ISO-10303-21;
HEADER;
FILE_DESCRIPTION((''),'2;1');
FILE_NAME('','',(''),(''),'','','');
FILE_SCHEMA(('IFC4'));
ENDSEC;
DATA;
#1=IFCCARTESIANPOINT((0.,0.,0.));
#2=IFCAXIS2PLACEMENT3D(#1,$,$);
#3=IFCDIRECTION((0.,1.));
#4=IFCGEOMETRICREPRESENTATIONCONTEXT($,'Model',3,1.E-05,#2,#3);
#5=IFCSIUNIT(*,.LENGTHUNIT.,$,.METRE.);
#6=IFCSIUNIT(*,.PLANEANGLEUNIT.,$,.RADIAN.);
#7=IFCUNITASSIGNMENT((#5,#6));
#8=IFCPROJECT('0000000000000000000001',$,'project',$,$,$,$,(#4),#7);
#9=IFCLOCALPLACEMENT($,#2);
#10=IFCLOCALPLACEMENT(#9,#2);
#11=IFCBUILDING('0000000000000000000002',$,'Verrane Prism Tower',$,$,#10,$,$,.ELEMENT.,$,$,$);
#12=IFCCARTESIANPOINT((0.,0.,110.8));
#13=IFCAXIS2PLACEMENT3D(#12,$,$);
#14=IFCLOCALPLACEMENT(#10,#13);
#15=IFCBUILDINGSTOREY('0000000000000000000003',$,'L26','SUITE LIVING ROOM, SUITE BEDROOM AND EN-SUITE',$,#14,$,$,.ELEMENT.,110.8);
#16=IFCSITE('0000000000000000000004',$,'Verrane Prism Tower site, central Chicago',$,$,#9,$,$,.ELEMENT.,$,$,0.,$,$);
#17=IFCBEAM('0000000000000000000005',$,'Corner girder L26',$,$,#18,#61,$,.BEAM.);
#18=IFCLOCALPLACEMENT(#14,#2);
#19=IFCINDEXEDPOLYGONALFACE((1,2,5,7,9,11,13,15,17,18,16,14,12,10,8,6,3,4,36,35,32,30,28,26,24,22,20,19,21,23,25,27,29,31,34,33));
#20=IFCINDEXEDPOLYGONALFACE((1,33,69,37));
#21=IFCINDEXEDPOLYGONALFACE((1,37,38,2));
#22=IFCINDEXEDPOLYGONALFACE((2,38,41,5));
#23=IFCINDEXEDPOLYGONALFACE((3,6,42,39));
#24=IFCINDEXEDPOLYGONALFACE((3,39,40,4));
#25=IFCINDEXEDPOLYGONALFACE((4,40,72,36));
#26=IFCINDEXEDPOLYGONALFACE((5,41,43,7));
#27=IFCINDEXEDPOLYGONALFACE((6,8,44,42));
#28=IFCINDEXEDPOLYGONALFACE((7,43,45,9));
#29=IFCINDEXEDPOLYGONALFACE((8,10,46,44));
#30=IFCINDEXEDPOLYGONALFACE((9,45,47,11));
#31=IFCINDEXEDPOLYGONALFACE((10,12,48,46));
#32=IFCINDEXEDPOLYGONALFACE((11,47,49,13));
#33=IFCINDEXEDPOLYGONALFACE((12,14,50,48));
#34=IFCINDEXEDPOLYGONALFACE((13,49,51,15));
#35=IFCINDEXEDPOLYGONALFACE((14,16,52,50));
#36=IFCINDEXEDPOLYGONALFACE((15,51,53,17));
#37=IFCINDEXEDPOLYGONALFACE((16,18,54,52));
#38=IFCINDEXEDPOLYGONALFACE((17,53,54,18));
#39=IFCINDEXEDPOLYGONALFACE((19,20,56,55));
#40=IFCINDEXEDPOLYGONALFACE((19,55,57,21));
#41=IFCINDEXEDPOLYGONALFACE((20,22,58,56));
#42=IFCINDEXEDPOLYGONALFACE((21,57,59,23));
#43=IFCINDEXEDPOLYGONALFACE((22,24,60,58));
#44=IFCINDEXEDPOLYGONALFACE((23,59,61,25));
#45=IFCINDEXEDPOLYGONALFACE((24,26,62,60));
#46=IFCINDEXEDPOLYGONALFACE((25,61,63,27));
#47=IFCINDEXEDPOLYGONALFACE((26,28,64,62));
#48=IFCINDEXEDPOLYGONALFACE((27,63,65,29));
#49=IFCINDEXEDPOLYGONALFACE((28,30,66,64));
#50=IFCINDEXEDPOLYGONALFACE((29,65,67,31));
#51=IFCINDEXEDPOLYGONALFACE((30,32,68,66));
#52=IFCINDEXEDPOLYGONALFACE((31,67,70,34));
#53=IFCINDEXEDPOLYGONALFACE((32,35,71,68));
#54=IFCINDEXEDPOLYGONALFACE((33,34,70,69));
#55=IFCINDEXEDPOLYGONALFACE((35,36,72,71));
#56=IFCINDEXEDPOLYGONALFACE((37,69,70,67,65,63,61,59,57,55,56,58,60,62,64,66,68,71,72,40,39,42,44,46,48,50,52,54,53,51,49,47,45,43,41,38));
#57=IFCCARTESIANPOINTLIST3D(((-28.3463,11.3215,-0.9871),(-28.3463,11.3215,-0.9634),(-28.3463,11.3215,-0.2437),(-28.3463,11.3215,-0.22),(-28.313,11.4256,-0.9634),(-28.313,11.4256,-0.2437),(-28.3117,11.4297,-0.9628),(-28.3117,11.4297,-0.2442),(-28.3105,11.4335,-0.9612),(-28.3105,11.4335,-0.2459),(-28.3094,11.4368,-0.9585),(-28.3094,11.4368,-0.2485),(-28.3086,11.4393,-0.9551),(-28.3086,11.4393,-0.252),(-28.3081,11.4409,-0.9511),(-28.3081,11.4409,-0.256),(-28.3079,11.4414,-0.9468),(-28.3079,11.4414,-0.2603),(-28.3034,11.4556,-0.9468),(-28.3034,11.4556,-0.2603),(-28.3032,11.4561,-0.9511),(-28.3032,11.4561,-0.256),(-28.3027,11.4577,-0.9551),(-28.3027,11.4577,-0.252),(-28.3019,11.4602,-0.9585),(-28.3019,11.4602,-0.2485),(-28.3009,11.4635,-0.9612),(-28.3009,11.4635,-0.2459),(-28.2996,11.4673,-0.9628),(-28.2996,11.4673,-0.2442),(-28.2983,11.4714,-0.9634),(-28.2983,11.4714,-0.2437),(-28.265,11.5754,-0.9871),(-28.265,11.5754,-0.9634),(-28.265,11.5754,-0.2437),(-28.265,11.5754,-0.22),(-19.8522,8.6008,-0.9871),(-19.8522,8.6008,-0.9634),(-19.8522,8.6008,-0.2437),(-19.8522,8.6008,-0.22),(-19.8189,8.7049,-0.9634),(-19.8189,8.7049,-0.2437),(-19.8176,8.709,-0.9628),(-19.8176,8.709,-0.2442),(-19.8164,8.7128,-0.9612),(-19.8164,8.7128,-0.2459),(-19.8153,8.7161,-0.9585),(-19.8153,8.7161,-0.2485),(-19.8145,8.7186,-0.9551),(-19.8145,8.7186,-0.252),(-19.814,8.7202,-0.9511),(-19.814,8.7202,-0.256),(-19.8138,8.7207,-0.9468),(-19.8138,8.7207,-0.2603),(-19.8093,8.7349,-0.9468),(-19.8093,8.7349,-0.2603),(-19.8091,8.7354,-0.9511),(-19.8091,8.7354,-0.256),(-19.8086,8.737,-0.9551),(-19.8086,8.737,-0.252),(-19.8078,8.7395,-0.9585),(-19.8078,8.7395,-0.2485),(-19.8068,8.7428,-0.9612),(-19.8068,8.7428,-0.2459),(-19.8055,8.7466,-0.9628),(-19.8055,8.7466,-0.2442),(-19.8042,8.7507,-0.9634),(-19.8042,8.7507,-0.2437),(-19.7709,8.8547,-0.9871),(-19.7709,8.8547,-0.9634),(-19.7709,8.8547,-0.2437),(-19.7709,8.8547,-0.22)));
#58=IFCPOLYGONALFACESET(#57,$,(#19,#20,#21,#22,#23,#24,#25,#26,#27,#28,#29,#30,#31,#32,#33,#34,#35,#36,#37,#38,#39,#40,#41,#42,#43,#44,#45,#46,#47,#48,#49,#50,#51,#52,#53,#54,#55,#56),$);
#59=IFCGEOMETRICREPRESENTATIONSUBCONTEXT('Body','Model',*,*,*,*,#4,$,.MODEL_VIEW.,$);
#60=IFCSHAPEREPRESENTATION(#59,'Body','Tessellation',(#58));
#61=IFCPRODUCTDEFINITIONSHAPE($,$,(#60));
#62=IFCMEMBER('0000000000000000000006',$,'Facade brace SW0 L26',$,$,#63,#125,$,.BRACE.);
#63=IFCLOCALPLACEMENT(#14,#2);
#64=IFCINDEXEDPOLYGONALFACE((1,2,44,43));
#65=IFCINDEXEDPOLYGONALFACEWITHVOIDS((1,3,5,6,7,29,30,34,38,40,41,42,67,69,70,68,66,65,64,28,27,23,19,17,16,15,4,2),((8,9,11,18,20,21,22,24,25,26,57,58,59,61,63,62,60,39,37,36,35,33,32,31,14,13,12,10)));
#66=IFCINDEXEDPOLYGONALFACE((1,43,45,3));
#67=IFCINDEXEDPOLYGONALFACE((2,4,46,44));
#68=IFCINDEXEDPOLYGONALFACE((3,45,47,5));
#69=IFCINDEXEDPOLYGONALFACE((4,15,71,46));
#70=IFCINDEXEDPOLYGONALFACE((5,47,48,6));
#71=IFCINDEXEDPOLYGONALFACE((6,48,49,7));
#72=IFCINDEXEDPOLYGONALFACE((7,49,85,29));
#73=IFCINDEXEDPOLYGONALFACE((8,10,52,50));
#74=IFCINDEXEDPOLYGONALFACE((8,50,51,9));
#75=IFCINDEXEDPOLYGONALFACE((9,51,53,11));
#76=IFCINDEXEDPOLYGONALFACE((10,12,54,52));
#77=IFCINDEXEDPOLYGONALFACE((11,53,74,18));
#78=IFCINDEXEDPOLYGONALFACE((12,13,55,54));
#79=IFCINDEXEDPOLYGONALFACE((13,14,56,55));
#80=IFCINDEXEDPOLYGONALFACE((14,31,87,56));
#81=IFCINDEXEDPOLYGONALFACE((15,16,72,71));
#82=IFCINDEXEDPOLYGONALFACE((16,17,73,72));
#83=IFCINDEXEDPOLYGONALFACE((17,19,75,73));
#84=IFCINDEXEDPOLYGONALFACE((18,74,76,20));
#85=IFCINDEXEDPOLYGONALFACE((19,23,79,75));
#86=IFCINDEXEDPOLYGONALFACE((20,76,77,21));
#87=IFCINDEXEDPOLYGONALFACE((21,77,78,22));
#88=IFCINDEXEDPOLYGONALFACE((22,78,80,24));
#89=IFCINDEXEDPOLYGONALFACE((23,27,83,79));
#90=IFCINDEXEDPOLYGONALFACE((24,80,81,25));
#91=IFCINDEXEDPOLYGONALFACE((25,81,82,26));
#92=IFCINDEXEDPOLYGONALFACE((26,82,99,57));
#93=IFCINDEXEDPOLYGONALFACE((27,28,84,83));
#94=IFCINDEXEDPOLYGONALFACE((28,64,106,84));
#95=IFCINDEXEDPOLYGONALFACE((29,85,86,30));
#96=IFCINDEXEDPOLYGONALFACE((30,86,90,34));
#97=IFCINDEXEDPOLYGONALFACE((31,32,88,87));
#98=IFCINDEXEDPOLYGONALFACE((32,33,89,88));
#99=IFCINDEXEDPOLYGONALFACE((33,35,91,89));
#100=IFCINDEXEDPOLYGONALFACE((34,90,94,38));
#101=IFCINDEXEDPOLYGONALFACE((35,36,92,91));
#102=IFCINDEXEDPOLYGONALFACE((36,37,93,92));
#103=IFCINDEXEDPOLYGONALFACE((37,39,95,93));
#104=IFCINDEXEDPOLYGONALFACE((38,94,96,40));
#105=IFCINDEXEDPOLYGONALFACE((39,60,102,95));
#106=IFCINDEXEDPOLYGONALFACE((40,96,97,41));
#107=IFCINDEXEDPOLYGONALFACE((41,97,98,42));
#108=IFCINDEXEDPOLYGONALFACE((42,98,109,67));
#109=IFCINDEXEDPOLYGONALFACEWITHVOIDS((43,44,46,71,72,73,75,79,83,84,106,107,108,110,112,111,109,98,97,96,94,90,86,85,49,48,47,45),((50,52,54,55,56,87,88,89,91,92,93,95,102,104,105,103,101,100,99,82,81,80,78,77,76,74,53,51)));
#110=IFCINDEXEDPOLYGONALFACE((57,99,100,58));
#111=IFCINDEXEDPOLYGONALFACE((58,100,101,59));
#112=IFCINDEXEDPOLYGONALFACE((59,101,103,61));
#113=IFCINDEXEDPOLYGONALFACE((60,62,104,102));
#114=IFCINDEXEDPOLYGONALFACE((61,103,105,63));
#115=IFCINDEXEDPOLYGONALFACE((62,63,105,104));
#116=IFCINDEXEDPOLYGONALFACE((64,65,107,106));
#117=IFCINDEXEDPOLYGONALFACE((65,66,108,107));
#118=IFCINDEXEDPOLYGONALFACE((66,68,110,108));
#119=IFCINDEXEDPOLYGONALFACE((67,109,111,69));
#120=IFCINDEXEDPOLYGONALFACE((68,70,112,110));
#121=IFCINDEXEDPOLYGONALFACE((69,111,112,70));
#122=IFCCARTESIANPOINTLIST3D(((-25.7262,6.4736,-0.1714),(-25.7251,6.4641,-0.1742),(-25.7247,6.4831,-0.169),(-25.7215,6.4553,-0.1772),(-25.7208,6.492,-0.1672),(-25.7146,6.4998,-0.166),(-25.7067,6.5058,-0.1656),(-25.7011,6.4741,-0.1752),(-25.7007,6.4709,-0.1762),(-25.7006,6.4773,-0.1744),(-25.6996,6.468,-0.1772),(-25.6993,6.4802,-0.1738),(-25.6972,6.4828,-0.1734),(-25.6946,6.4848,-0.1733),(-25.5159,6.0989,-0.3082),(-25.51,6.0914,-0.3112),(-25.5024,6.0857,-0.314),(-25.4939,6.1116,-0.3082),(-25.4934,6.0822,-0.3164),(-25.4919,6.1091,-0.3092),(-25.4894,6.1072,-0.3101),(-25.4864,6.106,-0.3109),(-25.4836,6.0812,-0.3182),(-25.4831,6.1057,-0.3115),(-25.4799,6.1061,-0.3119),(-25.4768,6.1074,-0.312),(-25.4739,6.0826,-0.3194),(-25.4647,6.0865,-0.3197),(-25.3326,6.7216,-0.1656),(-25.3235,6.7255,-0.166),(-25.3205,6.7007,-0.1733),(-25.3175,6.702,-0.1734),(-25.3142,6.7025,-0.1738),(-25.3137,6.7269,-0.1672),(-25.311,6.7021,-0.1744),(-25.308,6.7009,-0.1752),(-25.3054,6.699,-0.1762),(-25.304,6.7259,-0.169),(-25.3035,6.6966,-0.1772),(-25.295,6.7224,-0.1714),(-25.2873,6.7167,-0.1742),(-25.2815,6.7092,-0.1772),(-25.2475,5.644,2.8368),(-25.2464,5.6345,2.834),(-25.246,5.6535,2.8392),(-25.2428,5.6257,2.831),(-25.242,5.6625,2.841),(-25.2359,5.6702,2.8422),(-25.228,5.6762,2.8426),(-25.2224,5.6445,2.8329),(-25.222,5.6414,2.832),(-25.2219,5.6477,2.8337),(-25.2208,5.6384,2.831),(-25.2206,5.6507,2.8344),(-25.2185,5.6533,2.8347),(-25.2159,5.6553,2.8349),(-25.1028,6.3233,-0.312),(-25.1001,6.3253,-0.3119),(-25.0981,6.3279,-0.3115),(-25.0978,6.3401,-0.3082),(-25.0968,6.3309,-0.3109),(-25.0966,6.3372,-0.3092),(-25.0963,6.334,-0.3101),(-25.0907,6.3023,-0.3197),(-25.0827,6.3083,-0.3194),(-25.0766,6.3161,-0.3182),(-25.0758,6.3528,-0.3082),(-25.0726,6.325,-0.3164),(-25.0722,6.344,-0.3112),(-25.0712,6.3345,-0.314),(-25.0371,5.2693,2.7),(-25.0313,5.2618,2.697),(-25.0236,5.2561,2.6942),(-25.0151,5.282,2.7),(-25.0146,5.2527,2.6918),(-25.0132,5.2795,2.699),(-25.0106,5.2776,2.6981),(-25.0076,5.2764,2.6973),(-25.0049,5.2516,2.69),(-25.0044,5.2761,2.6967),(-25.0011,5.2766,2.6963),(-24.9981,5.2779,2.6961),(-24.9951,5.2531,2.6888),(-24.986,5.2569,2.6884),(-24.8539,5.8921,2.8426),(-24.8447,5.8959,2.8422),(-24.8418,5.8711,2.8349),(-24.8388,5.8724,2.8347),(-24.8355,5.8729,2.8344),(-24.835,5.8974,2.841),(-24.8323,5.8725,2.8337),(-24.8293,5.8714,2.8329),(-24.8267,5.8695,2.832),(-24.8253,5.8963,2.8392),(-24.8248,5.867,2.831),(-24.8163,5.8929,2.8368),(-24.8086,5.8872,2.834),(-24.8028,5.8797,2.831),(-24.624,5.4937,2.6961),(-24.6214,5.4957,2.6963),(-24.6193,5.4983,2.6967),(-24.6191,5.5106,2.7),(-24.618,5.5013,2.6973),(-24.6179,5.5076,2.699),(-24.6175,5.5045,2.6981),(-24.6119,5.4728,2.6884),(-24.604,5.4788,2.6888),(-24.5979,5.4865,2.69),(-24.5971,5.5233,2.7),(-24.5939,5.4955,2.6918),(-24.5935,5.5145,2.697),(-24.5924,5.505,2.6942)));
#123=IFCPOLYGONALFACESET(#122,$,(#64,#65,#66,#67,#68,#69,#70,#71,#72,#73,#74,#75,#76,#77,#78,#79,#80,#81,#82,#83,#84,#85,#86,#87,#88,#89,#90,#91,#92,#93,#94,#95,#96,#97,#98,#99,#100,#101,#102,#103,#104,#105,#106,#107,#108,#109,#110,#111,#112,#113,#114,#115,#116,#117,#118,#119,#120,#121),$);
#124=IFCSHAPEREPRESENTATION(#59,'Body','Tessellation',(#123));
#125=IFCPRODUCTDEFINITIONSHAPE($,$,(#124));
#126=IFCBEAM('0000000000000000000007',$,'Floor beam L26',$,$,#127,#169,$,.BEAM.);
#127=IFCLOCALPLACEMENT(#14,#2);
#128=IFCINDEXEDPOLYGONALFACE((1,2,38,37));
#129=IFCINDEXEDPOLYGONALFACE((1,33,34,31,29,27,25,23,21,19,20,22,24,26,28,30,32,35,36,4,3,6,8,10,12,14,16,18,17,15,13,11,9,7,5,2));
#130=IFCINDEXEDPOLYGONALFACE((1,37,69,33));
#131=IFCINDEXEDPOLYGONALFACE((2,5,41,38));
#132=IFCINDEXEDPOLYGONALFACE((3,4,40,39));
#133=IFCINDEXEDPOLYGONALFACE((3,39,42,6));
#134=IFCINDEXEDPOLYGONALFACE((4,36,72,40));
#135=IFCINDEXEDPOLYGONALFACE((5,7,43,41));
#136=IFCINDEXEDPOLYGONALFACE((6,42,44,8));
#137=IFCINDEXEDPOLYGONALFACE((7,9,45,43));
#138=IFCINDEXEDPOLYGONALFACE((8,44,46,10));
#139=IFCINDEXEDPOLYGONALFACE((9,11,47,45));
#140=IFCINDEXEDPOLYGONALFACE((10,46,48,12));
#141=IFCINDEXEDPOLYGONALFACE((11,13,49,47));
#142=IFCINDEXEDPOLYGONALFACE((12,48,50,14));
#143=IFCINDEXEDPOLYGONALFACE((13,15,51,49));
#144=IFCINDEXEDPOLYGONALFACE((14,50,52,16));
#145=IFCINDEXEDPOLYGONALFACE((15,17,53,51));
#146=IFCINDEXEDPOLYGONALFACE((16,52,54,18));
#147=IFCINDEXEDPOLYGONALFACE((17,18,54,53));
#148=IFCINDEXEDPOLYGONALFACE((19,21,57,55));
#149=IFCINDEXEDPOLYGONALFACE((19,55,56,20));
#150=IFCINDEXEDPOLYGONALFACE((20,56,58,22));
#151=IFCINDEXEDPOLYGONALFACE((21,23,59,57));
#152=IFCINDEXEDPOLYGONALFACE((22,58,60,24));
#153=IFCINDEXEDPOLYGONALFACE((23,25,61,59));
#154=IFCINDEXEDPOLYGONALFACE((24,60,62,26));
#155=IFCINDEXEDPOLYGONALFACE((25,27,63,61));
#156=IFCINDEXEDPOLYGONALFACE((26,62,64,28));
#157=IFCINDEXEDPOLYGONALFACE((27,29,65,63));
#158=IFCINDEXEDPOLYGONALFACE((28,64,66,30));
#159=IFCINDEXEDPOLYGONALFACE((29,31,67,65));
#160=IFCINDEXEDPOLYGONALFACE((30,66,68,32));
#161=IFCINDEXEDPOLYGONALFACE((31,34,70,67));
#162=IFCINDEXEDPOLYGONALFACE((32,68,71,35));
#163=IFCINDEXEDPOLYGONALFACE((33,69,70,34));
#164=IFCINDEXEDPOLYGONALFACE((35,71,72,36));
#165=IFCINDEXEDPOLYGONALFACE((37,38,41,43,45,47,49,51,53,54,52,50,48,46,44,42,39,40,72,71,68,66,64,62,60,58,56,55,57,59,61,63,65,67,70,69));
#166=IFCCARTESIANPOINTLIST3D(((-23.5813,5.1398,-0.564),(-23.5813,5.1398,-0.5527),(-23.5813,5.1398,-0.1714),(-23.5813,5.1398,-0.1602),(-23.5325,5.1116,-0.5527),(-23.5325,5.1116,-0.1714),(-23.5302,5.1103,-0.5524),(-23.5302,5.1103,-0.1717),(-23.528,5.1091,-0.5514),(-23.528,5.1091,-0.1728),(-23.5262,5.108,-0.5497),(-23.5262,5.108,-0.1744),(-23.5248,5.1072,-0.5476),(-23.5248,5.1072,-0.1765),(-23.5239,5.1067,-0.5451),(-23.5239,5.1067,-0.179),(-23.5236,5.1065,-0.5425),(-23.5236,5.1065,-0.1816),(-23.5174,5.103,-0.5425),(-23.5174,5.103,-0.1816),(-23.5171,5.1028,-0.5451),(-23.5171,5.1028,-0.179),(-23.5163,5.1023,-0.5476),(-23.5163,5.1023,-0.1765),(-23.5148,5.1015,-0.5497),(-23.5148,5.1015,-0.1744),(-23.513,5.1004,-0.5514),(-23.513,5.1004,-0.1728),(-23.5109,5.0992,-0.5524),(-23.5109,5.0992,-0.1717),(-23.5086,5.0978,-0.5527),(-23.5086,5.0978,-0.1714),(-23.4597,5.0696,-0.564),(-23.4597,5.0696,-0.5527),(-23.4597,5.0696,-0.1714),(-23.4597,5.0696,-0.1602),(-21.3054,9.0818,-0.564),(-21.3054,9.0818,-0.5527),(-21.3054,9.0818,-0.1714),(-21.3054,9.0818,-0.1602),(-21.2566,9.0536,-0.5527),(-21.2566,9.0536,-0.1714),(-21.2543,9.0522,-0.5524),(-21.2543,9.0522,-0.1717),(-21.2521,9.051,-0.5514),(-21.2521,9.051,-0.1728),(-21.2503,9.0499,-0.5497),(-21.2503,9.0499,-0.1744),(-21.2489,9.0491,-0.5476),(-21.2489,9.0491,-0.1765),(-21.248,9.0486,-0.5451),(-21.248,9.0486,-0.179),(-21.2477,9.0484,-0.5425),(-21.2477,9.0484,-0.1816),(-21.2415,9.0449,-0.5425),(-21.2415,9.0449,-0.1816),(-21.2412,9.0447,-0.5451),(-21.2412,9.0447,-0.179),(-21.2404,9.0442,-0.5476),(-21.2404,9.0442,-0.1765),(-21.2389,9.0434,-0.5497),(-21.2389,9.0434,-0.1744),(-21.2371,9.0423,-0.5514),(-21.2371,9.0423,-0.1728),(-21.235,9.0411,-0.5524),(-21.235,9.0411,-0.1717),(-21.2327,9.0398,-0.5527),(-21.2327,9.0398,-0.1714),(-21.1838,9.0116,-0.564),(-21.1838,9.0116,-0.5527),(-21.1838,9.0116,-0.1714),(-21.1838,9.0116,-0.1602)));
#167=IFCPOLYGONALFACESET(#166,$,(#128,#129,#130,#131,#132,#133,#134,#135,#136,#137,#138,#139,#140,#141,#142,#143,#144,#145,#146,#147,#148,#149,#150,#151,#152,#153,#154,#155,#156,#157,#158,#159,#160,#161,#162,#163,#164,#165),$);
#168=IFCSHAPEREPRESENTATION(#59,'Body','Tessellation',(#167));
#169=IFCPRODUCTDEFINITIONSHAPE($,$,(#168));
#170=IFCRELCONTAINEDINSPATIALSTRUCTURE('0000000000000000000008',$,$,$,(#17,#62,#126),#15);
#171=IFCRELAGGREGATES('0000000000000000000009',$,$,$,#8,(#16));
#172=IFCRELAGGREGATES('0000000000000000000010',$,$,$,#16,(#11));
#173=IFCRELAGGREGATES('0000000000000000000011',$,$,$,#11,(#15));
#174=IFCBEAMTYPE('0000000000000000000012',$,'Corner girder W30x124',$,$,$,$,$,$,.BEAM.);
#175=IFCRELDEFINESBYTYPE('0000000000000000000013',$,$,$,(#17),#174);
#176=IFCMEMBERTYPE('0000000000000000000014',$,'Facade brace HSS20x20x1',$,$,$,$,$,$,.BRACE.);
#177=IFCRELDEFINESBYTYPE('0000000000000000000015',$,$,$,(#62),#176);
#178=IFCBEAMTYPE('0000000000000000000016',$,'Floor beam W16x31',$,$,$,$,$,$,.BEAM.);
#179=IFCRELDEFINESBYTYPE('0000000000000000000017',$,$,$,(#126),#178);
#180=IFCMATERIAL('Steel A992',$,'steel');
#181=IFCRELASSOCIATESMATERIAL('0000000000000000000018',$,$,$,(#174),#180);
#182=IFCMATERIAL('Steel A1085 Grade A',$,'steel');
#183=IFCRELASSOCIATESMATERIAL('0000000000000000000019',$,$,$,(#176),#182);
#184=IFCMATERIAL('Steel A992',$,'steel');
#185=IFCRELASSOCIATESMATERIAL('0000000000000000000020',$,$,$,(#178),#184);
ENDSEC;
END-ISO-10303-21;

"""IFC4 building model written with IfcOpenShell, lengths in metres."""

from ifc_helpers import new_model, si_unit, direction, frame, origin, origin_2d, place, context, subcontext, project, spatial, hollow_rectangle, i_section, extrude, material, material_profile, profile_set, type_object, element, save


model = new_model("IFC4")

# Units and contexts
model_context = context("Model", 3, precision=1e-05, world=origin(), true_north=direction((0.0, 1.0)))
body_context = subcontext(model_context, "Body", "Model", "MODEL_VIEW")
ifc_project = project(units=[si_unit("LENGTHUNIT", "METRE"), si_unit("PLANEANGLEUNIT", "RADIAN")], contexts=[model_context])

# Site, building, storey
site_placement = place(None, origin())
site = spatial("IfcSite", under=ifc_project, at=site_placement, Name="Verrane Prism Tower site, central Chicago", CompositionType="ELEMENT", RefElevation=0.0)
building_placement = place(site_placement, origin())
building = spatial("IfcBuilding", under=site, at=building_placement, Name="Verrane Prism Tower", CompositionType="ELEMENT")
storey_placement = place(building_placement, frame((0.0, 0.0, 110.8)))
storey = spatial("IfcBuildingStorey", under=building, at=storey_placement, Name="L26", Description="SUITE LIVING ROOM, SUITE BEDROOM AND EN-SUITE", CompositionType="ELEMENT", Elevation=110.8)

# Beam
ifc_material_1 = material(Name="Steel A992", Category="steel")
ifc_material_profile_1 = material_profile(ifc_material_1, i_section(OverallWidth=0.2666, OverallDepth=0.7671, WebThickness=0.0149, FlangeThickness=0.0237, FilletRadius=0.0166, at=origin_2d()), Name="W30x124")
ifc_profile_set_1 = profile_set([ifc_material_profile_1], Name="Steel A992")
beam_type_1 = type_object("IfcBeamType", Name="Corner girder W30x124", PredefinedType="BEAM", material=ifc_profile_set_1)
beam_1_placement = place(storey_placement, frame((-28.3057, 11.4485, -0.6035), z_axis=(0.95234, -0.305038, 0.0), x_axis=(0.305038, 0.95234, 0.0)))
element("IfcBeam", 1, at=beam_1_placement, inside=storey, type_object=beam_type_1, Name="Corner girder L26", PredefinedType="BEAM", context=body_context, shape_type="SweptSolid", body=[
    extrude(i_section(OverallWidth=0.2666, OverallDepth=0.7671, WebThickness=0.0149, FlangeThickness=0.0237, FilletRadius=0.0166, at=origin_2d()), origin(), (0.0, 0.0, 1.0), 8.9192),
])

# Member
ifc_material_2 = material(Name="Steel A1085 Grade A", Category="steel")
ifc_material_profile_2 = material_profile(ifc_material_2, hollow_rectangle(XDim=0.5081, YDim=0.5081, WallThickness=0.0254, InnerFilletRadius=0.0127, OuterFilletRadius=0.0381, at=origin_2d()), Name="HSS20x20x1")
ifc_profile_set_2 = profile_set([ifc_material_profile_2], Name="Steel A1085 Grade A")
member_type_1 = type_object("IfcMemberType", Name="Facade brace HSS20x20x1", PredefinedType="BRACE", material=ifc_profile_set_2)
member_1_placement = place(storey_placement, frame((-25.3987, 6.4041, -0.2427), z_axis=(0.151645, -0.262769, 0.952867), x_axis=(0.866118, 0.49984, 0.0)))
element("IfcMember", 2, at=member_1_placement, inside=storey, type_object=member_type_1, Name="Facade brace SW0 L26", PredefinedType="BRACE", context=body_context, shape_type="SweptSolid", body=[
    extrude(hollow_rectangle(XDim=0.5081, YDim=0.5081, WallThickness=0.0254, InnerFilletRadius=0.0127, OuterFilletRadius=0.0381, at=origin_2d()), origin(), (0.0, 0.0, 1.0), 3.157),
])

# Beam
ifc_material_3 = material(Name="Steel A992", Category="steel")
ifc_material_profile_3 = material_profile(ifc_material_3, i_section(OverallWidth=0.1404, OverallDepth=0.4038, WebThickness=0.0071, FlangeThickness=0.0112, FilletRadius=0.0103, at=origin_2d()), Name="W16x31")
ifc_profile_set_3 = profile_set([ifc_material_profile_3], Name="Steel A992")
beam_type_2 = type_object("IfcBeamType", Name="Floor beam W16x31", PredefinedType="BEAM", material=ifc_profile_set_3)
beam_2_placement = place(storey_placement, frame((-23.5205, 5.1047, -0.3621), z_axis=(0.500004, 0.866023, 0.0), x_axis=(-0.866023, 0.500004, 0.0)))
element("IfcBeam", 3, at=beam_2_placement, inside=storey, type_object=beam_type_2, Name="Floor beam L26", PredefinedType="BEAM", context=body_context, shape_type="SweptSolid", body=[
    extrude(i_section(OverallWidth=0.1404, OverallDepth=0.4038, WebThickness=0.0071, FlangeThickness=0.0112, FilletRadius=0.0103, at=origin_2d()), origin(), (0.0, 0.0, 1.0), 4.5518),
])

save(model, "model.ifc")
